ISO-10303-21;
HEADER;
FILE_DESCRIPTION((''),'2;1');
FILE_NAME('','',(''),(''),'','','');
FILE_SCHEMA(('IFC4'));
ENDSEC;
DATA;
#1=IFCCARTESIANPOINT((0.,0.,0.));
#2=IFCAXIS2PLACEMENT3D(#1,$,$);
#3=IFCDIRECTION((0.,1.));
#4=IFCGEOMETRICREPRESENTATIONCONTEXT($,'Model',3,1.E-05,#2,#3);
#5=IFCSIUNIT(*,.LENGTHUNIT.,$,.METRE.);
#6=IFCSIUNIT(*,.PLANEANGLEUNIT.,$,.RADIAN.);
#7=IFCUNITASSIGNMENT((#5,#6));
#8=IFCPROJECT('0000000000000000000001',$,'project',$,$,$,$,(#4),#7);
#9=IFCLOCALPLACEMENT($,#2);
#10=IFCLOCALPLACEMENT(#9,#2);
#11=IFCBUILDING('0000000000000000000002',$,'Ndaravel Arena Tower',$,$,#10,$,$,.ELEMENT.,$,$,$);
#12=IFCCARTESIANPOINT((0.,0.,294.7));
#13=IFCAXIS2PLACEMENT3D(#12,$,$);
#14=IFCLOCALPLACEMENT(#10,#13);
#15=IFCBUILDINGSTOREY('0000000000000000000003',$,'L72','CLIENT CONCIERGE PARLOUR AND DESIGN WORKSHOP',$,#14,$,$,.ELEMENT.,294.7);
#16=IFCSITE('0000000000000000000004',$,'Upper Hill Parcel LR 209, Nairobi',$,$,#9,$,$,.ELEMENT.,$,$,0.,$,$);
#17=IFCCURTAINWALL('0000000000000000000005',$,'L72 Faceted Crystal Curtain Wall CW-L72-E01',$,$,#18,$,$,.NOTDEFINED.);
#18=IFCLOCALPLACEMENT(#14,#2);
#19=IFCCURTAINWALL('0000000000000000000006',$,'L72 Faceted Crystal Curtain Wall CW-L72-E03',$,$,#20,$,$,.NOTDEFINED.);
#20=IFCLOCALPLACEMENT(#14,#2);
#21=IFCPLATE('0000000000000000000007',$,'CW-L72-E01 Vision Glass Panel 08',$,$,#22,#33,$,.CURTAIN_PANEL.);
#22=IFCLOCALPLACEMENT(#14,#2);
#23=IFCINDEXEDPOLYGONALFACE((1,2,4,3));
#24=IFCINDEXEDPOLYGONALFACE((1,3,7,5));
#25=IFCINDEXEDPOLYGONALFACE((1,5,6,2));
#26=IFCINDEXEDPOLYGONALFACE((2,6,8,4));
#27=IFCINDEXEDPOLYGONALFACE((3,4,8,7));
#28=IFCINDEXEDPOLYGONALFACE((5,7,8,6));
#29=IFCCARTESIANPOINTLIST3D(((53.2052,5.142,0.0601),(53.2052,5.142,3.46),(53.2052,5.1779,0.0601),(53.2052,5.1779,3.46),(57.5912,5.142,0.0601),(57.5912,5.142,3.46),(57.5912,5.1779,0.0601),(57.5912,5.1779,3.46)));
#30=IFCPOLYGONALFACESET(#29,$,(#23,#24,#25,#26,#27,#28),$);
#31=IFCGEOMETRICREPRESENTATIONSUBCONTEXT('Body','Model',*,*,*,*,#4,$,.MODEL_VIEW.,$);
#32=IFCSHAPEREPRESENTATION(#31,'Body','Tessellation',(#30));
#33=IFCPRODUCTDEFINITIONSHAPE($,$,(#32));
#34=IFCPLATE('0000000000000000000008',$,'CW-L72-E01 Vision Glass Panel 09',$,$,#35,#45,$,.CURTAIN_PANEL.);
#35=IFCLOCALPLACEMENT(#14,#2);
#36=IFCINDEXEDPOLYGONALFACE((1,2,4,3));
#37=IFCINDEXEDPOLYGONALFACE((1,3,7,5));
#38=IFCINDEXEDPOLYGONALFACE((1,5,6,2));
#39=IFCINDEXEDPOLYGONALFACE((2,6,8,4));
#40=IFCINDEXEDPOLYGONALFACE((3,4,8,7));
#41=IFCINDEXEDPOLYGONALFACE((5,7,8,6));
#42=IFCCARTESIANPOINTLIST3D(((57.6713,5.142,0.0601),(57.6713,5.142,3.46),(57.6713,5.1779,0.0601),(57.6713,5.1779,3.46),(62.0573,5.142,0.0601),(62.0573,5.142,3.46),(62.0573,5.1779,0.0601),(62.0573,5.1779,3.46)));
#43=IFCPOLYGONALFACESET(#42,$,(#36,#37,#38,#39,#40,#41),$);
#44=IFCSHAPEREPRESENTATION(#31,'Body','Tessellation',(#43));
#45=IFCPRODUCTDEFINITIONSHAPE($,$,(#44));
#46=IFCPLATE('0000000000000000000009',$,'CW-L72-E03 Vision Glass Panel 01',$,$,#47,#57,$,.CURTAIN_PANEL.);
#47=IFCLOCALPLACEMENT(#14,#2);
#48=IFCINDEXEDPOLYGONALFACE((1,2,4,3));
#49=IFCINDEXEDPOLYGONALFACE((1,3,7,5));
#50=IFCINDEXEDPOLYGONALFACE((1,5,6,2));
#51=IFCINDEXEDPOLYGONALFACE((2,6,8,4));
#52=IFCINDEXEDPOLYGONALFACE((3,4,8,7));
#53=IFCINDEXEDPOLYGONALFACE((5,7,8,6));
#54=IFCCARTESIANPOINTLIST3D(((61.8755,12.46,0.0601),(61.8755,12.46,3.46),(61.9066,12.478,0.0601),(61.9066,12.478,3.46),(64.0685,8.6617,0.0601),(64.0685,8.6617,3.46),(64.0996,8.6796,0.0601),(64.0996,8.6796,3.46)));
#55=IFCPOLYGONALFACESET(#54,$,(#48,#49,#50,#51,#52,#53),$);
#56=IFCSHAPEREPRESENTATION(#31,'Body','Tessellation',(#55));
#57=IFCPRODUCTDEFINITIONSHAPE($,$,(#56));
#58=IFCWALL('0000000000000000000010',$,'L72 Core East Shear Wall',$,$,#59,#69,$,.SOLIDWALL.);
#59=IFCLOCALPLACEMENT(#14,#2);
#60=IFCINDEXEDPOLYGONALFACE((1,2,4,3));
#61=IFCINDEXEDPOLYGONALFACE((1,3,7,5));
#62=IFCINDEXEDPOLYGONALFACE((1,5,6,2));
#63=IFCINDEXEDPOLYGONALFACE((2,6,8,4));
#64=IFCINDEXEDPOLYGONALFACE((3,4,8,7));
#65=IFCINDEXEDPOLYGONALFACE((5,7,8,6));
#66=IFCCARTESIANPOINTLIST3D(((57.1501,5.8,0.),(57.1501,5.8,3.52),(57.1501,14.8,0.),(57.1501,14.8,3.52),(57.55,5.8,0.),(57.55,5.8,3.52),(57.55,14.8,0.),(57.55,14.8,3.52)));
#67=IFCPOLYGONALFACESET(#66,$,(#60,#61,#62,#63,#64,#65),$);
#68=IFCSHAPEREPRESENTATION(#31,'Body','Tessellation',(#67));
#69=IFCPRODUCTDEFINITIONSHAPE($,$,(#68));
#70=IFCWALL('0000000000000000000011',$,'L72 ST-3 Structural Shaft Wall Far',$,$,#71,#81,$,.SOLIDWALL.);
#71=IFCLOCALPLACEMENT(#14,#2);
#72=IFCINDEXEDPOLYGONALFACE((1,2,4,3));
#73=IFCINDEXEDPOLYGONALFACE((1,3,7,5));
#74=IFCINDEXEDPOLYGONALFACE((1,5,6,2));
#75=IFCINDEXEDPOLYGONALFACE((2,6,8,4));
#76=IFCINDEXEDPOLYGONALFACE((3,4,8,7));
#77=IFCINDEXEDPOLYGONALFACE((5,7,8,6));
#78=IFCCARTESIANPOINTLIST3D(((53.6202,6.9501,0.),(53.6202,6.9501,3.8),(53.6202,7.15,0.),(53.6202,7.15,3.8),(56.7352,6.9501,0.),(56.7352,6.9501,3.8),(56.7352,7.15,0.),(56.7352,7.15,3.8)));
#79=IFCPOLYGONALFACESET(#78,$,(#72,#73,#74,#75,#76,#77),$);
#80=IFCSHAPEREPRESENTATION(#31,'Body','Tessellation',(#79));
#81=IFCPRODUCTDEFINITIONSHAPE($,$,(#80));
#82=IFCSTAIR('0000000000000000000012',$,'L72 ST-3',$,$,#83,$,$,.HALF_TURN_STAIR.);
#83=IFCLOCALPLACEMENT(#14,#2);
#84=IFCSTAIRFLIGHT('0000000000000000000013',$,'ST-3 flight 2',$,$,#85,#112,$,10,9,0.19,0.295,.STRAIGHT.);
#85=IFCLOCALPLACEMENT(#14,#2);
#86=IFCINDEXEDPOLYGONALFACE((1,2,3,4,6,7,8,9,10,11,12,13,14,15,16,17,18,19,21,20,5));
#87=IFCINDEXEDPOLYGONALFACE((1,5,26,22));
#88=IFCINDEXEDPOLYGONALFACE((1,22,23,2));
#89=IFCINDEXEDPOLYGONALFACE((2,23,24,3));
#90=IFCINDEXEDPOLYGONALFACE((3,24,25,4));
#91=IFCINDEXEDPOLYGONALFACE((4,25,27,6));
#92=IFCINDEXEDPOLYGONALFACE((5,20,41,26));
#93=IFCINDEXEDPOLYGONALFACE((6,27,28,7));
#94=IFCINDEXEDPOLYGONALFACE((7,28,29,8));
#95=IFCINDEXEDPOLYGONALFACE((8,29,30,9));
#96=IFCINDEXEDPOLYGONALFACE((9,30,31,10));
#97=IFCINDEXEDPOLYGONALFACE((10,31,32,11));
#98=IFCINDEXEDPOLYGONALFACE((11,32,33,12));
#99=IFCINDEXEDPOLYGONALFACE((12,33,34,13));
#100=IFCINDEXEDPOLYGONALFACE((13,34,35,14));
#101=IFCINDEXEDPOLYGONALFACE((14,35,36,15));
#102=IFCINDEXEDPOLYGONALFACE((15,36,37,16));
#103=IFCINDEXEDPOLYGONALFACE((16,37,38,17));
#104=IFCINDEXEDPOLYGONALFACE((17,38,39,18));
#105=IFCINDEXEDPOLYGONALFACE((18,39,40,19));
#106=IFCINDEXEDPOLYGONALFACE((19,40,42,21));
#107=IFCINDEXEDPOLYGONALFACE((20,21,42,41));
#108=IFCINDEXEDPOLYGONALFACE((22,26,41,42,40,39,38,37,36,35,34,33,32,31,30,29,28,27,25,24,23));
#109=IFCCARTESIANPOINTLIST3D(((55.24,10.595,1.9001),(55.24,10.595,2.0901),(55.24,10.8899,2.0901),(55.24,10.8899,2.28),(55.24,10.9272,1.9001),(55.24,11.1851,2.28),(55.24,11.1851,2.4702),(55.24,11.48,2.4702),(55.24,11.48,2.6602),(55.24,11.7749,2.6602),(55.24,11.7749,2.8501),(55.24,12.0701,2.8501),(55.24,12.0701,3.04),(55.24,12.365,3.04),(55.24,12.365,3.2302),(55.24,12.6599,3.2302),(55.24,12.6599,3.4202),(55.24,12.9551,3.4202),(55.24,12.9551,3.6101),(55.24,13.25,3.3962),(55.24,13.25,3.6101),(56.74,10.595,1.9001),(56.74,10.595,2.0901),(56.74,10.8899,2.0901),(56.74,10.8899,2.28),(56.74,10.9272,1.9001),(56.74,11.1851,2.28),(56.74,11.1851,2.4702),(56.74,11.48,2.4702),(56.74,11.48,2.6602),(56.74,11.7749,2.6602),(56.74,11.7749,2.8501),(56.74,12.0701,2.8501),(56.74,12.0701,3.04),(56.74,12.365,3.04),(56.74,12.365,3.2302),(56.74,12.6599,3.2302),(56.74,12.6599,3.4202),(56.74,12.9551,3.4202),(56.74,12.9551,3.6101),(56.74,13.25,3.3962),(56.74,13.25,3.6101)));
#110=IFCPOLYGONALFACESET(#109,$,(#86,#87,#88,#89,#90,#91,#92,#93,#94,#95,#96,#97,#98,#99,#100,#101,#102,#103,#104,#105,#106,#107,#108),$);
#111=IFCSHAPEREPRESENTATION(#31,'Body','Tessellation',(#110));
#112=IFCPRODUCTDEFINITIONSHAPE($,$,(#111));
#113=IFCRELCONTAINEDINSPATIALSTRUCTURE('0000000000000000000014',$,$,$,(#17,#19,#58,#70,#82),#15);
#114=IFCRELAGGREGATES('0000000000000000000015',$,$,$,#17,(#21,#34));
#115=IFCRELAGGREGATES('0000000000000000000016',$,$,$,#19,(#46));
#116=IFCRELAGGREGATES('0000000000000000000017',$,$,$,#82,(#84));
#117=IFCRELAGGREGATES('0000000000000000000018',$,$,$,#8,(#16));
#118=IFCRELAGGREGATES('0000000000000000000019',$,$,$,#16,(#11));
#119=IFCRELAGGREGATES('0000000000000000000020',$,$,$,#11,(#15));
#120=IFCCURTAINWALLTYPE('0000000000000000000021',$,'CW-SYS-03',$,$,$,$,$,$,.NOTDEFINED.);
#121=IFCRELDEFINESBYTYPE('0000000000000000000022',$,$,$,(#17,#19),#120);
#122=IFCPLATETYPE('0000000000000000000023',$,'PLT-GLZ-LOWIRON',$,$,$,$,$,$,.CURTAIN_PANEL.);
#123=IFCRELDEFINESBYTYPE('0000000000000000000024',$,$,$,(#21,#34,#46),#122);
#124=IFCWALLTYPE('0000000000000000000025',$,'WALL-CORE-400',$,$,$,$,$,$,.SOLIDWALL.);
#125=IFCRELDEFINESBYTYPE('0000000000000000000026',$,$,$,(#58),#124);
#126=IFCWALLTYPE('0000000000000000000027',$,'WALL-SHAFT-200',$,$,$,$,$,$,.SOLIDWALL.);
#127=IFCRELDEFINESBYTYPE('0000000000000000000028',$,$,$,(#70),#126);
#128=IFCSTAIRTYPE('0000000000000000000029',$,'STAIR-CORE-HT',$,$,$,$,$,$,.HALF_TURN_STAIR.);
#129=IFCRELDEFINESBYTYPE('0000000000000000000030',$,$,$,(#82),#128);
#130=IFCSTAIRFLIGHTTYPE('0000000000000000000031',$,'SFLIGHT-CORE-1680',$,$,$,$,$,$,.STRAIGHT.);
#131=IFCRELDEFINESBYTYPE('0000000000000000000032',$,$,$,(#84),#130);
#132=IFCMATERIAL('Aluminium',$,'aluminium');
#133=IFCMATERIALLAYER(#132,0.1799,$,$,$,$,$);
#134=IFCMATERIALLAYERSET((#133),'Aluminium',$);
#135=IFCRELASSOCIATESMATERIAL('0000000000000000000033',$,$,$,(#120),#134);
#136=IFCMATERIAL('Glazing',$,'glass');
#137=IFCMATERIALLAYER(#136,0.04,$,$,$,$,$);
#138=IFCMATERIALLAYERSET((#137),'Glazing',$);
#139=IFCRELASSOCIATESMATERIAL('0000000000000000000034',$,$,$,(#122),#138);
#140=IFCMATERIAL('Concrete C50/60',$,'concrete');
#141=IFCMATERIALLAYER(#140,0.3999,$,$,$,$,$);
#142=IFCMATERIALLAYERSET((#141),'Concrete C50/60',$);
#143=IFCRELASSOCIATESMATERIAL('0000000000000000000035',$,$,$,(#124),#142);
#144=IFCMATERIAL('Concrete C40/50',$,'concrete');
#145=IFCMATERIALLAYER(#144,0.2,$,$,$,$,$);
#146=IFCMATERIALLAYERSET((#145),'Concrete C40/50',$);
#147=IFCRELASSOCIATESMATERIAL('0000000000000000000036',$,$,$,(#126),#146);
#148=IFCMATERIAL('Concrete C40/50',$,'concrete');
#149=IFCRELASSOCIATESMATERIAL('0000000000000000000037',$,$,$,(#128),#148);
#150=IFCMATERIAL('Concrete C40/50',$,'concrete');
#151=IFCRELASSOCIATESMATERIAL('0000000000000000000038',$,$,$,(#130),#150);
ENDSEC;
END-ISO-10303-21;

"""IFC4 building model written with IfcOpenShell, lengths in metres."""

from ifc_helpers import new_model, si_unit, direction, frame, frame_2d, origin, origin_2d, place, context, subcontext, project, spatial, polyline, rectangle, outline, extrude, material, layer, layer_set, type_object, element, aggregate, save


model = new_model("IFC4")

# Units and contexts
model_context = context("Model", 3, precision=1e-05, world=origin(), true_north=direction((0.0, 1.0)))
body_context = subcontext(model_context, "Body", "Model", "MODEL_VIEW")
ifc_project = project(units=[si_unit("LENGTHUNIT", "METRE"), si_unit("PLANEANGLEUNIT", "RADIAN")], contexts=[model_context])

# Site, building, storey
site_placement = place(None, origin())
site = spatial("IfcSite", under=ifc_project, at=site_placement, Name="Upper Hill Parcel LR 209, Nairobi", CompositionType="ELEMENT", RefElevation=0.0)
building_placement = place(site_placement, origin())
building = spatial("IfcBuilding", under=site, at=building_placement, Name="Ndaravel Arena Tower", CompositionType="ELEMENT")
storey_placement = place(building_placement, frame((0.0, 0.0, 294.7)))
storey = spatial("IfcBuildingStorey", under=building, at=storey_placement, Name="L72", Description="CLIENT CONCIERGE PARLOUR AND DESIGN WORKSHOP", CompositionType="ELEMENT", Elevation=294.7)

# Curtain walls
ifc_material_1 = material(Name="Aluminium", Category="aluminium")
ifc_layer_1 = layer(ifc_material_1, 0.1799)
ifc_layer_set_1 = layer_set([ifc_layer_1], Name="Aluminium")
curtain_wall_type_1 = type_object("IfcCurtainWallType", Name="CW-SYS-03", PredefinedType="NOTDEFINED", material=ifc_layer_set_1)
curtain_wall_1_placement = place(storey_placement, origin())
curtain_wall_1 = element("IfcCurtainWall", 1, at=curtain_wall_1_placement, inside=storey, type_object=curtain_wall_type_1, Name="L72 Faceted Crystal Curtain Wall CW-L72-E01", PredefinedType="NOTDEFINED")
curtain_wall_2_placement = place(storey_placement, origin())
curtain_wall_2 = element("IfcCurtainWall", 2, at=curtain_wall_2_placement, inside=storey, type_object=curtain_wall_type_1, Name="L72 Faceted Crystal Curtain Wall CW-L72-E03", PredefinedType="NOTDEFINED")

# Plates
ifc_material_2 = material(Name="Glazing", Category="glass")
ifc_layer_2 = layer(ifc_material_2, 0.04)
ifc_layer_set_2 = layer_set([ifc_layer_2], Name="Glazing")
plate_type_1 = type_object("IfcPlateType", Name="PLT-GLZ-LOWIRON", PredefinedType="CURTAIN_PANEL", material=ifc_layer_set_2)
plate_1_placement = place(storey_placement, frame((55.3982, 5.1599, 0.0601), z_axis=(0.0, 0.0, 1.0), x_axis=(1.0, 0.0, 0.0)))
plate_1 = element("IfcPlate", 3, at=plate_1_placement, type_object=plate_type_1, Name="CW-L72-E01 Vision Glass Panel 08", PredefinedType="CURTAIN_PANEL", context=body_context, shape_type="SweptSolid", body=[
    extrude(rectangle(XDim=4.386, YDim=0.0359, at=origin_2d()), origin(), (0.0, 0.0, 1.0), 3.3999),
])
plate_2_placement = place(storey_placement, frame((59.8643, 5.1599, 0.0601), z_axis=(0.0, 0.0, 1.0), x_axis=(1.0, 0.0, 0.0)))
plate_2 = element("IfcPlate", 4, at=plate_2_placement, type_object=plate_type_1, Name="CW-L72-E01 Vision Glass Panel 09", PredefinedType="CURTAIN_PANEL", context=body_context, shape_type="SweptSolid", body=[
    extrude(rectangle(XDim=4.386, YDim=0.0359, at=origin_2d()), origin(), (0.0, 0.0, 1.0), 3.3999),
])
aggregate(curtain_wall_1, [plate_1, plate_2])
plate_3_placement = place(storey_placement, frame((62.9875, 10.5698, 0.0601), z_axis=(0.0, 0.0, 1.0), x_axis=(-0.5, 0.866025, 0.0)))
plate_3 = element("IfcPlate", 5, at=plate_3_placement, type_object=plate_type_1, Name="CW-L72-E03 Vision Glass Panel 01", PredefinedType="CURTAIN_PANEL", context=body_context, shape_type="SweptSolid", body=[
    extrude(rectangle(XDim=4.386, YDim=0.0359, at=origin_2d()), origin(), (0.0, 0.0, 1.0), 3.3999),
])
aggregate(curtain_wall_2, [plate_3])

# Walls
ifc_material_3 = material(Name="Concrete C50/60", Category="concrete")
ifc_layer_3 = layer(ifc_material_3, 0.3999)
ifc_layer_set_3 = layer_set([ifc_layer_3], Name="Concrete C50/60")
wall_type_1 = type_object("IfcWallType", Name="WALL-CORE-400", PredefinedType="SOLIDWALL", material=ifc_layer_set_3)
wall_1_placement = place(storey_placement, frame((57.3501, 5.8, 0.0), z_axis=(0.0, 0.0, 1.0), x_axis=(0.0, 1.0, 0.0)))
element("IfcWall", 6, at=wall_1_placement, inside=storey, type_object=wall_type_1, Name="L72 Core East Shear Wall", PredefinedType="SOLIDWALL", context=body_context, shape_type="SweptSolid", body=[
    extrude(rectangle(XDim=9.0, YDim=0.3999, at=frame_2d((4.5, 0.0))), origin(), (0.0, 0.0, 1.0), 3.52),
])
ifc_material_4 = material(Name="Concrete C40/50", Category="concrete")
ifc_layer_4 = layer(ifc_material_4, 0.2)
ifc_layer_set_4 = layer_set([ifc_layer_4], Name="Concrete C40/50")
wall_type_2 = type_object("IfcWallType", Name="WALL-SHAFT-200", PredefinedType="SOLIDWALL", material=ifc_layer_set_4)
wall_2_placement = place(storey_placement, frame((53.6201, 7.05, 0.0), z_axis=(0.0, 0.0, 1.0), x_axis=(1.0, 0.0, 0.0)))
element("IfcWall", 7, at=wall_2_placement, inside=storey, type_object=wall_type_2, Name="L72 ST-3 Structural Shaft Wall Far", PredefinedType="SOLIDWALL", context=body_context, shape_type="SweptSolid", body=[
    extrude(rectangle(XDim=3.115, YDim=0.2, at=frame_2d((1.5576, 0.0))), origin(), (0.0, 0.0, 1.0), 3.8),
])

# Stair, stair flight
ifc_material_5 = material(Name="Concrete C40/50", Category="concrete")
stair_type = type_object("IfcStairType", Name="STAIR-CORE-HT", PredefinedType="HALF_TURN_STAIR", material=ifc_material_5)
stair_placement = place(storey_placement, origin())
stair = element("IfcStair", 8, at=stair_placement, inside=storey, type_object=stair_type, Name="L72 ST-3", PredefinedType="HALF_TURN_STAIR")
ifc_material_6 = material(Name="Concrete C40/50", Category="concrete")
stair_flight_type = type_object("IfcStairFlightType", Name="SFLIGHT-CORE-1680", PredefinedType="STRAIGHT", material=ifc_material_6)
stair_flight_placement = place(storey_placement, frame((55.99, 10.595, 1.9001), z_axis=(0.0, 0.0, 1.0), x_axis=(0.0, 1.0, 0.0)))
stair_flight = element("IfcStairFlight", 9, at=stair_flight_placement, type_object=stair_flight_type, Name="ST-3 flight 2", NumberOfRisers=10, NumberOfTreads=9, PredefinedType="STRAIGHT", RiserHeight=0.19, TreadLength=0.295, context=body_context, shape_type="SweptSolid", body=[
    extrude(outline(polyline([(0.0, 0.0), (0.0, 0.1899), (0.2949, 0.1899), (0.2949, 0.3799), (0.5901, 0.3799), (0.5901, 0.5701), (0.885, 0.5701), (0.885, 0.76), (1.1799, 0.76), (1.1799, 0.95), (1.4751, 0.95), (1.4751, 1.1399), (1.77, 1.1399), (1.77, 1.3301), (2.0649, 1.3301), (2.0649, 1.52), (2.3601, 1.52), (2.3601, 1.71), (2.655, 1.71), (2.655, 1.8999), (2.655, 1.4961), (0.3323, 0.0), (0.0, 0.0)])), frame((0.0, 0.75, 0.0), z_axis=(0.0, -1.0, 0.0), x_axis=(1.0, 0.0, 0.0)), (0.0, 0.0, 1.0), 1.5),
])
aggregate(stair, [stair_flight])

save(model, "model.ifc")
